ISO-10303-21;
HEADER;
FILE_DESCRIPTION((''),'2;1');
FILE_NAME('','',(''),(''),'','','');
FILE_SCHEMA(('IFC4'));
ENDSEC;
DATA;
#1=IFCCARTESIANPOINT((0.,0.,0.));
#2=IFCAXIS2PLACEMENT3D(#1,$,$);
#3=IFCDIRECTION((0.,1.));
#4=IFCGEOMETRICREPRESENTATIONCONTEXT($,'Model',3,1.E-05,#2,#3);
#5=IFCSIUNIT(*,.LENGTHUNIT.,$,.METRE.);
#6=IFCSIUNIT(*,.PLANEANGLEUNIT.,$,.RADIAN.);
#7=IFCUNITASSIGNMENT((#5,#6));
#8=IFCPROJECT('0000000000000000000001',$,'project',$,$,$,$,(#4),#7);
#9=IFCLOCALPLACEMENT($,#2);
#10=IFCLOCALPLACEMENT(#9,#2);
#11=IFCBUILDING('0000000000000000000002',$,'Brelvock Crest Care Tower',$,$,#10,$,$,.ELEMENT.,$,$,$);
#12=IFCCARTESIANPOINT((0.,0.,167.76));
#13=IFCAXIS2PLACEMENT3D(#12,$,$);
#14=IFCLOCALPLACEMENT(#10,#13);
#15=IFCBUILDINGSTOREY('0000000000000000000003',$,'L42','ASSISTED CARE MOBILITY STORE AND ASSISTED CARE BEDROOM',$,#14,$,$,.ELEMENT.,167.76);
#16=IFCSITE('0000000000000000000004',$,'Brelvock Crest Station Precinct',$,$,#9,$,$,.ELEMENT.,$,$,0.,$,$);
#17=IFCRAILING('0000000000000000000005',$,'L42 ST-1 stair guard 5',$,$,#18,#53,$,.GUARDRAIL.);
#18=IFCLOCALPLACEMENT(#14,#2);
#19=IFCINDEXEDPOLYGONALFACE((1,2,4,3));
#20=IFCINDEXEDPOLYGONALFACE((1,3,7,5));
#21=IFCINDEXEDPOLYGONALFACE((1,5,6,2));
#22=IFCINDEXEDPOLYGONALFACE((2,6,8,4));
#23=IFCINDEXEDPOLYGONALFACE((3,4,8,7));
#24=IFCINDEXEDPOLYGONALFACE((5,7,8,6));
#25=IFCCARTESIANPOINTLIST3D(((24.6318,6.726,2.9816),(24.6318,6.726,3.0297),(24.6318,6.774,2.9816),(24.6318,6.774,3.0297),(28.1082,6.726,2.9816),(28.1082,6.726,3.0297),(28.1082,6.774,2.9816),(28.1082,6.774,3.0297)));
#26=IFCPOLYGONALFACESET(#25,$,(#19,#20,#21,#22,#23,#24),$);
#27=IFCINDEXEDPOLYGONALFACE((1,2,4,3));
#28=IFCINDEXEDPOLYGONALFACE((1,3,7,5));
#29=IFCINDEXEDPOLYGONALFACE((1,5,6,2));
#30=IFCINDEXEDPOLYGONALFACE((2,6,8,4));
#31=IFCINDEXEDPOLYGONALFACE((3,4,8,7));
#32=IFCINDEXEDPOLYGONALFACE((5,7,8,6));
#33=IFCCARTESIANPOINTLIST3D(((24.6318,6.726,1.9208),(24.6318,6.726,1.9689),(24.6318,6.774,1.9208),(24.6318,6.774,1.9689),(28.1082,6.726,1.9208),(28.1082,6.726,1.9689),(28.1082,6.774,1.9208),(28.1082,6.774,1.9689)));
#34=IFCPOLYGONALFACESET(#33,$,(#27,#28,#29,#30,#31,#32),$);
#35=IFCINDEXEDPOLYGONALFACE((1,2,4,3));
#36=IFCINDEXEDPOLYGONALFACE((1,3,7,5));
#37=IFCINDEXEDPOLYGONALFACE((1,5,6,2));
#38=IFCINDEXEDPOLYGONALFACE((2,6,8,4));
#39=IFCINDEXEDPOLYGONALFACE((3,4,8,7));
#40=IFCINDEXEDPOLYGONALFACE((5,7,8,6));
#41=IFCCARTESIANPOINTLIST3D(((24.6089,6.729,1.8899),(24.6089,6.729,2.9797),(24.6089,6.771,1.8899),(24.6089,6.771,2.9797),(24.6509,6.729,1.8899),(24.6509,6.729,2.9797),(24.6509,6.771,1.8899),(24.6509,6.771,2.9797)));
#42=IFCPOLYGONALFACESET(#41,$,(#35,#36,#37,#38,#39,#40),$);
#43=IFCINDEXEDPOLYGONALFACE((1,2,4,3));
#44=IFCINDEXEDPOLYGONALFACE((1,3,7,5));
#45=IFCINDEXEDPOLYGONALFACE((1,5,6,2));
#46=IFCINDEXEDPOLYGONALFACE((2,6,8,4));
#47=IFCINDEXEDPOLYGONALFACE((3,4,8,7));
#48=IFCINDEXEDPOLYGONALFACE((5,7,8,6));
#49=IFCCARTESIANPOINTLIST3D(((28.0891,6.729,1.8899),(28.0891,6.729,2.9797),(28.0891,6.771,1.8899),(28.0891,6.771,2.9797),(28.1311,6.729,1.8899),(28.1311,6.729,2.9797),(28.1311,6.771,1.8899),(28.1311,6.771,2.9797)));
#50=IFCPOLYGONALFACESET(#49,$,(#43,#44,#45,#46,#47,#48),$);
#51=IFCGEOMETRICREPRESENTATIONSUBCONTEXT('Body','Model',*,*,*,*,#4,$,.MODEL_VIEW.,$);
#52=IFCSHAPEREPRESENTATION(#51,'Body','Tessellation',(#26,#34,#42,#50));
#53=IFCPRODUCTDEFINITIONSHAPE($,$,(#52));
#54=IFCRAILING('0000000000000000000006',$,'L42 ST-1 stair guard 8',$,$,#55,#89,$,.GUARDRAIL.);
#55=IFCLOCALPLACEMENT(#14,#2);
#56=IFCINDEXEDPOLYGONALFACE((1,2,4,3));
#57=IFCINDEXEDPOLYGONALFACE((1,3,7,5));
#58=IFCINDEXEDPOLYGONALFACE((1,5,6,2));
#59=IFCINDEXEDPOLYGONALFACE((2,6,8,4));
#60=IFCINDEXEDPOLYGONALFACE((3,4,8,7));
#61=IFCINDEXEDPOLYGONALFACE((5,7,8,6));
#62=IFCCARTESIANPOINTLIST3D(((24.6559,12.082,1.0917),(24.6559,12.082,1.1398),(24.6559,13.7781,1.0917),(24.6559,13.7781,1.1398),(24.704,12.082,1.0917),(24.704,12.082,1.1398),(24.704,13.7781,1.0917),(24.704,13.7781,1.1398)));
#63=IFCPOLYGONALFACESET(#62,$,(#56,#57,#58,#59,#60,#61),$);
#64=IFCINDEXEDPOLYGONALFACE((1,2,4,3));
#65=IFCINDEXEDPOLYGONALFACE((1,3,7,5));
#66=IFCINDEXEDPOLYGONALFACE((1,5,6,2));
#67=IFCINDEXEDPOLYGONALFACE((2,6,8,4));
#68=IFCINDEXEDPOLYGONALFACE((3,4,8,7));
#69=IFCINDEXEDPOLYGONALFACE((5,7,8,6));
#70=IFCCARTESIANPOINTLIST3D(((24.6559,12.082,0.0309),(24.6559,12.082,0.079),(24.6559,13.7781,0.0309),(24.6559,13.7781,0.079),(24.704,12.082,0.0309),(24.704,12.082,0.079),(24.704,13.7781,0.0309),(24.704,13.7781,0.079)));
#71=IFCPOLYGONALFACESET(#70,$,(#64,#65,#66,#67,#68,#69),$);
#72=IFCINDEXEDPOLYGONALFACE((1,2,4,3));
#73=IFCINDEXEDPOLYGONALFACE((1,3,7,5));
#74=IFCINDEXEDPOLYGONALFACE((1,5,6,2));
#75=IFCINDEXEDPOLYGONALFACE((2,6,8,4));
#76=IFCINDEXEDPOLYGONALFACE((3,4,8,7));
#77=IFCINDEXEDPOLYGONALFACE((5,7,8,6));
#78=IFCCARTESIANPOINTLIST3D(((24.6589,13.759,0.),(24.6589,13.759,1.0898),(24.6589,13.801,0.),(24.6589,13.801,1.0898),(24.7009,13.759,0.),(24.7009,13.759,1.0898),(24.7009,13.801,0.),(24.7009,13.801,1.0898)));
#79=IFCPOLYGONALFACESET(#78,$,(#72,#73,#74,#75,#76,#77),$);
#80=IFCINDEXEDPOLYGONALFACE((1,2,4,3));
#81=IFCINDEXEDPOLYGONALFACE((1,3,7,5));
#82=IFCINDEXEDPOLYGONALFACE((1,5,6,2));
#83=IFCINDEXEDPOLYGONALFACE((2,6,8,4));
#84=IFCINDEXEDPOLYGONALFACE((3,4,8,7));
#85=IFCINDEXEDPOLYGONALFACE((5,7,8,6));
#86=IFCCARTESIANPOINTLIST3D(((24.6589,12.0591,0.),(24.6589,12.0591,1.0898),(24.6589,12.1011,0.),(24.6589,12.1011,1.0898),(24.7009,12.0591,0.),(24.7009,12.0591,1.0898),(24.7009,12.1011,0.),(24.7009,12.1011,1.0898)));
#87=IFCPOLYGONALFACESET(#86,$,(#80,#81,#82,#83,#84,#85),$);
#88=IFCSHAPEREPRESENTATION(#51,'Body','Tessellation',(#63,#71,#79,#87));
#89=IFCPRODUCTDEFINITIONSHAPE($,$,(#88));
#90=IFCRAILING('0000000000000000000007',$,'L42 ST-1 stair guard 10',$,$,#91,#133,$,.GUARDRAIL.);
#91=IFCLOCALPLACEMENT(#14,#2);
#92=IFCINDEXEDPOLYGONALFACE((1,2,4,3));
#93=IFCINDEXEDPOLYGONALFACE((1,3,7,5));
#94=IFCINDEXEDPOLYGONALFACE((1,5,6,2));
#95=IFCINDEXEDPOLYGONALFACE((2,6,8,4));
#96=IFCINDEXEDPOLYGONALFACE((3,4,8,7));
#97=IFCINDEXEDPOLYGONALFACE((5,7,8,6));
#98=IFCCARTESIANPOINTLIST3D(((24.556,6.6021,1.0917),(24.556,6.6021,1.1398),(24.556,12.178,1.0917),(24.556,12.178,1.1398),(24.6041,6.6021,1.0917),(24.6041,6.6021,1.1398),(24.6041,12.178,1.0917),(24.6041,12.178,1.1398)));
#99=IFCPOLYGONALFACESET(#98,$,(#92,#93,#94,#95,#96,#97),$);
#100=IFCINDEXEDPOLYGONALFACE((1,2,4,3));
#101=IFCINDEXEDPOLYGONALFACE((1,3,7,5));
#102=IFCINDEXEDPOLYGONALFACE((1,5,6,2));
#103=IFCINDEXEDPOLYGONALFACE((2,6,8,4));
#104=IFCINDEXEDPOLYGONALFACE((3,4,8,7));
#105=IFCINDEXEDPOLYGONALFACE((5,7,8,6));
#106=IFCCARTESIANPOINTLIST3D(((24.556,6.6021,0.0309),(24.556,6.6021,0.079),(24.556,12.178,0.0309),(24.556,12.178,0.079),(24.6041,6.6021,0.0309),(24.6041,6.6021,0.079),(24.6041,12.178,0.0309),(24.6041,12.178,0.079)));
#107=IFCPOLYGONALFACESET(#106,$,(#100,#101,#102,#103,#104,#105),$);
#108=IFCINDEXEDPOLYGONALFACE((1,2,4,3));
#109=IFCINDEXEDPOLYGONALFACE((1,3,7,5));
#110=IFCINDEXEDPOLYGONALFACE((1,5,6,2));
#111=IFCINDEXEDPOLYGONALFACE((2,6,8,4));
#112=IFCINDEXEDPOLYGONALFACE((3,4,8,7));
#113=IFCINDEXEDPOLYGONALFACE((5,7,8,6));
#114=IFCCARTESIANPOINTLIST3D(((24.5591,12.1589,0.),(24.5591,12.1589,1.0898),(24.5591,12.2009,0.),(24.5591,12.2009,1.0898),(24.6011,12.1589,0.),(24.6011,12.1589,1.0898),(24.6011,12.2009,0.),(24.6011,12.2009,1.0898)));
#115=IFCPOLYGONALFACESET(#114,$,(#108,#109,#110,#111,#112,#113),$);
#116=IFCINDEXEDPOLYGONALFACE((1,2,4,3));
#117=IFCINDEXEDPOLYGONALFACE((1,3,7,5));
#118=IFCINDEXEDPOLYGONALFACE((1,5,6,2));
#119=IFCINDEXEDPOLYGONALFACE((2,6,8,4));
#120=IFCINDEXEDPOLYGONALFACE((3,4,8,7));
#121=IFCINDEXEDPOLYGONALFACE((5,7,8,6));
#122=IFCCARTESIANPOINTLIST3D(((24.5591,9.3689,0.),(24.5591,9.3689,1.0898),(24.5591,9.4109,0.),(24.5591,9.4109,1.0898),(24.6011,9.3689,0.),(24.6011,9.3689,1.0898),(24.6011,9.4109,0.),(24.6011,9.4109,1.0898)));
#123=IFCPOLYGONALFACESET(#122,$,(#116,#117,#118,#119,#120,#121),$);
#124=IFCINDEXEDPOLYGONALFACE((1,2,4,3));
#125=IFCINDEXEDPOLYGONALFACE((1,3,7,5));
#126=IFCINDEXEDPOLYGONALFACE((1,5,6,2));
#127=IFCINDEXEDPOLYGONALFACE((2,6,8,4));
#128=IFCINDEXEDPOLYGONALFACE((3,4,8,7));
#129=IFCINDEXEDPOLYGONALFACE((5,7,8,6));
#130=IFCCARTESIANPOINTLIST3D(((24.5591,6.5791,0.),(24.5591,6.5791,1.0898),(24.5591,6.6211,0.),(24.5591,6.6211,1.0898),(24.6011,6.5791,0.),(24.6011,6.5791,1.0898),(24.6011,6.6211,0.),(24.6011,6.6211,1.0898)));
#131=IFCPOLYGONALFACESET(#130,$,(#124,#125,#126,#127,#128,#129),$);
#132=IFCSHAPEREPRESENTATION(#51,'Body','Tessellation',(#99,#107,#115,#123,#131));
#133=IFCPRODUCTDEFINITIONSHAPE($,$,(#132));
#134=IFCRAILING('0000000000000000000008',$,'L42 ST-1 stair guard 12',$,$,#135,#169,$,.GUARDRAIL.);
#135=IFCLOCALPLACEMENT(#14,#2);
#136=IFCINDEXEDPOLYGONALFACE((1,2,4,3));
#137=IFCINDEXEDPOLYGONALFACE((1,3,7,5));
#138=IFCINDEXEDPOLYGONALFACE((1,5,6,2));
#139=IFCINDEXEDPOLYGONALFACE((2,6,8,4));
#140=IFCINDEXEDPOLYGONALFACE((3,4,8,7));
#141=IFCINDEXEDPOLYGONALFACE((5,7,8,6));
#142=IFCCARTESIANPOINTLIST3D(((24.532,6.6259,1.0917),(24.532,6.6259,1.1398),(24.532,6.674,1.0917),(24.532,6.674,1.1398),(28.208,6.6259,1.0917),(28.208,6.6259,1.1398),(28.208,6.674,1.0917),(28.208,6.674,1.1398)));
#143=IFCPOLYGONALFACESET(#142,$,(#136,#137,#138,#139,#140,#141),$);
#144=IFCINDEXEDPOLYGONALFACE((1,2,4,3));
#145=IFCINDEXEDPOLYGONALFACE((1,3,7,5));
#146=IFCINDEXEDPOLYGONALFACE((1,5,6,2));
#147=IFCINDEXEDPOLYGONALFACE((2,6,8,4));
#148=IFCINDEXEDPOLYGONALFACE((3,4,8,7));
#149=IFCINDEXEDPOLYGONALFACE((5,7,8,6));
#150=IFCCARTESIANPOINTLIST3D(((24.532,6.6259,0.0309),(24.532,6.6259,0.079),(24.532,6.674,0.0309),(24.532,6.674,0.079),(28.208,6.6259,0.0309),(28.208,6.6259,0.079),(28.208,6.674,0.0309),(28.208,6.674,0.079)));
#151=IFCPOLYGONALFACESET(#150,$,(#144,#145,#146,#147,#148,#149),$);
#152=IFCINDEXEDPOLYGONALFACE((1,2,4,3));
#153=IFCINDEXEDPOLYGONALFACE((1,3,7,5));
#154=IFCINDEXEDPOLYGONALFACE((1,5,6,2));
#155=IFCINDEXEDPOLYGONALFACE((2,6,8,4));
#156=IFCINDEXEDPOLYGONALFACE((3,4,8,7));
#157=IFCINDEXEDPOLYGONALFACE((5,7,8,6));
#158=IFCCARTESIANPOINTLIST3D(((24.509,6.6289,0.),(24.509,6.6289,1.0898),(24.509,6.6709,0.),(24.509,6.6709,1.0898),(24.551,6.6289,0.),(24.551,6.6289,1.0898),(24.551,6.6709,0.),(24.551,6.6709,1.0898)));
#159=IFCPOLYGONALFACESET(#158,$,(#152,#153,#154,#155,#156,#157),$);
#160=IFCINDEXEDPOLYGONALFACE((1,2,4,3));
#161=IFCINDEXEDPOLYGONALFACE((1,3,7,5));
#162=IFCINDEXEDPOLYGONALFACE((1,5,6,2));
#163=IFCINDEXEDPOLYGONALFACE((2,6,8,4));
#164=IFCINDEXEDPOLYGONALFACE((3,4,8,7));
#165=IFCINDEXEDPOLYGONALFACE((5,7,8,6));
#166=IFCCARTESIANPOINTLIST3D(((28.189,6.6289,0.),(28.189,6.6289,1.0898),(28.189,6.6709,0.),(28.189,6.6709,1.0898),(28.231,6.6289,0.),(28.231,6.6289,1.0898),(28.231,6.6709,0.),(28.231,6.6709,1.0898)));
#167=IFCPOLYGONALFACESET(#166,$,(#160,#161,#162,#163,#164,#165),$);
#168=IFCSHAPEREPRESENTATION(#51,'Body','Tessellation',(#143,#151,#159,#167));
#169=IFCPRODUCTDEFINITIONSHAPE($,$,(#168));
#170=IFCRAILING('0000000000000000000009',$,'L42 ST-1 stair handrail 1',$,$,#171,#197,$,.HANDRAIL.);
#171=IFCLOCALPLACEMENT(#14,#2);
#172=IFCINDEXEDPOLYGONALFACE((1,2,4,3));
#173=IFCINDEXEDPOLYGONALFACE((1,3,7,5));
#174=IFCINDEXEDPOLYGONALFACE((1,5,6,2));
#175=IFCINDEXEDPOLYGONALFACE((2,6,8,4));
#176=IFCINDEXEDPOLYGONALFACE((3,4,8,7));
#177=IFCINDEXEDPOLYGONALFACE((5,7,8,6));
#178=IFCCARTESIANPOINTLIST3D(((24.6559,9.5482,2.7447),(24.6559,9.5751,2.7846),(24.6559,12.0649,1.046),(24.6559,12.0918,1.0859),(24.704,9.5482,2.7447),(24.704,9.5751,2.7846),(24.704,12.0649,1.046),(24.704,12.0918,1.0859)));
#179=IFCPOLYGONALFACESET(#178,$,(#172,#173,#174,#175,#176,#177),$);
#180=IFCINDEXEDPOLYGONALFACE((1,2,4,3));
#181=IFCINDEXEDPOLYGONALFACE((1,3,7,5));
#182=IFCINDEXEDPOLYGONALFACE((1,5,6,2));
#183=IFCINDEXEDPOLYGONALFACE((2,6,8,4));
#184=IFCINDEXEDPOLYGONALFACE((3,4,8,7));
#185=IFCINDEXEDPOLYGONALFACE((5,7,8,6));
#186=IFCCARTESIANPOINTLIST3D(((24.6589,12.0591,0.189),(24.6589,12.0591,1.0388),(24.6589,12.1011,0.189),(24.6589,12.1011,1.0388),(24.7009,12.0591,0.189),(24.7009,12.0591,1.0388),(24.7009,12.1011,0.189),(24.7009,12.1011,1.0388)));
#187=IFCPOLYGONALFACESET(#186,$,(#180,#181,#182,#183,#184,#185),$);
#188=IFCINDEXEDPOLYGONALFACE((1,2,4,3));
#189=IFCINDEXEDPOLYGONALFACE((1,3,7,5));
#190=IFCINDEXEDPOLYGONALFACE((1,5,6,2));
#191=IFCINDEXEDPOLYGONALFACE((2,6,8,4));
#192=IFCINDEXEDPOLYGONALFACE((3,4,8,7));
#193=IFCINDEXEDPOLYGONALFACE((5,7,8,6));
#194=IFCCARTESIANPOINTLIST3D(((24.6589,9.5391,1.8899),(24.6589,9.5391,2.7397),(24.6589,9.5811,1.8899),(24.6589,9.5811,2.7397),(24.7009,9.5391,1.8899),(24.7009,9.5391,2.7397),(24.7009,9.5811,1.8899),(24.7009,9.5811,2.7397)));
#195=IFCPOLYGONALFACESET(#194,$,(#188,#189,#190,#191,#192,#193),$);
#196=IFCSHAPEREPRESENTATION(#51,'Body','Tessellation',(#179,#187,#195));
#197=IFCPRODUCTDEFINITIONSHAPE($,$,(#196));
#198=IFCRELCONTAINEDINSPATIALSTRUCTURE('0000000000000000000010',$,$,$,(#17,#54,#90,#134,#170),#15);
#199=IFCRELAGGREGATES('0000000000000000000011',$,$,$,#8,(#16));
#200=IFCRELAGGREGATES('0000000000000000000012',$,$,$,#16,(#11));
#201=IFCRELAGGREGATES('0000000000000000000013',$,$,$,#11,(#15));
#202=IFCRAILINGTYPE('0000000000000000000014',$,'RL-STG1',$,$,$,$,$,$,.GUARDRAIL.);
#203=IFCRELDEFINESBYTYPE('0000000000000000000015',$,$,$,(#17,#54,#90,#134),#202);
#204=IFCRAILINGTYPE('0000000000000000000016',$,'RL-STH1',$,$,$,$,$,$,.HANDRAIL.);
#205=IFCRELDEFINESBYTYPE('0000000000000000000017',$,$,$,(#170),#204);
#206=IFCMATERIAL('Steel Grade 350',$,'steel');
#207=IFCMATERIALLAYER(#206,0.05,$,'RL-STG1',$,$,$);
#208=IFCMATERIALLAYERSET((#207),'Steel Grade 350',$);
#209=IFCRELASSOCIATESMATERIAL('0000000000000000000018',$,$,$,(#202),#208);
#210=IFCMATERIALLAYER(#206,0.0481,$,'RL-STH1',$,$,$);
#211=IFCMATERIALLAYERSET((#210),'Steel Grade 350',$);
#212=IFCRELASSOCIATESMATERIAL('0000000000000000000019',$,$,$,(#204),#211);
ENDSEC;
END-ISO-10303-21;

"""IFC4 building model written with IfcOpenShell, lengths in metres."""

from ifc_helpers import new_model, si_unit, direction, frame, origin, origin_2d, place, context, subcontext, project, spatial, rectangle, extrude, material, layer, layer_set, type_object, element, save


model = new_model("IFC4")

# Units and contexts
model_context = context("Model", 3, precision=1e-05, world=origin(), true_north=direction((0.0, 1.0)))
body_context = subcontext(model_context, "Body", "Model", "MODEL_VIEW")
ifc_project = project(units=[si_unit("LENGTHUNIT", "METRE"), si_unit("PLANEANGLEUNIT", "RADIAN")], contexts=[model_context])

# Site, building, storey
site_placement = place(None, origin())
site = spatial("IfcSite", under=ifc_project, at=site_placement, Name="Brelvock Crest Station Precinct", CompositionType="ELEMENT", RefElevation=0.0)
building_placement = place(site_placement, origin())
building = spatial("IfcBuilding", under=site, at=building_placement, Name="Brelvock Crest Care Tower", CompositionType="ELEMENT")
storey_placement = place(building_placement, frame((0.0, 0.0, 167.76)))
storey = spatial("IfcBuildingStorey", under=building, at=storey_placement, Name="L42", Description="ASSISTED CARE MOBILITY STORE AND ASSISTED CARE BEDROOM", CompositionType="ELEMENT", Elevation=167.76)

# Shared definitions
ifc_material_1 = material(Name="Steel Grade 350", Category="steel")

# Railings
ifc_layer_1 = layer(ifc_material_1, 0.05, Name="RL-STG1")
ifc_layer_set_1 = layer_set([ifc_layer_1], Name="Steel Grade 350")
railing_type_1 = type_object("IfcRailingType", Name="RL-STG1", PredefinedType="GUARDRAIL", material=ifc_layer_set_1)
railing_1_placement = place(storey_placement, frame((24.6299, 6.75, 1.8899)))
element("IfcRailing", 1, at=railing_1_placement, inside=storey, type_object=railing_type_1, Name="L42 ST-1 stair guard 5", PredefinedType="GUARDRAIL", context=body_context, shape_type="SweptSolid", body=[
    extrude(rectangle(XDim=0.0481, YDim=0.0481, at=origin_2d()), frame((0.002, 0.0, 1.1157), z_axis=(1.0, 0.0, 0.0), x_axis=(0.0, 1.0, 0.0)), (0.0, 0.0, 1.0), 3.4763),
    extrude(rectangle(XDim=0.0481, YDim=0.0481, at=origin_2d()), frame((0.002, 0.0, 0.0549), z_axis=(1.0, 0.0, 0.0), x_axis=(0.0, 1.0, 0.0)), (0.0, 0.0, 1.0), 3.4763),
    extrude(rectangle(XDim=0.042, YDim=0.042, at=origin_2d()), origin(), (0.0, 0.0, 1.0), 1.0898),
    extrude(rectangle(XDim=0.042, YDim=0.042, at=origin_2d()), frame((3.4802, 0.0, 0.0)), (0.0, 0.0, 1.0), 1.0898),
])
railing_2_placement = place(storey_placement, frame((24.6799, 13.78, 0.0)))
element("IfcRailing", 2, at=railing_2_placement, inside=storey, type_object=railing_type_1, Name="L42 ST-1 stair guard 8", PredefinedType="GUARDRAIL", context=body_context, shape_type="SweptSolid", body=[
    extrude(rectangle(XDim=0.0481, YDim=0.0481, at=origin_2d()), frame((0.0, -0.002, 1.1157), z_axis=(0.0, -1.0, 0.0), x_axis=(1.0, 0.0, 0.0)), (0.0, 0.0, 1.0), 1.696),
    extrude(rectangle(XDim=0.0481, YDim=0.0481, at=origin_2d()), frame((0.0, -0.002, 0.0549), z_axis=(0.0, -1.0, 0.0), x_axis=(1.0, 0.0, 0.0)), (0.0, 0.0, 1.0), 1.696),
    extrude(rectangle(XDim=0.042, YDim=0.042, at=origin_2d()), origin(), (0.0, 0.0, 1.0), 1.0898),
    extrude(rectangle(XDim=0.042, YDim=0.042, at=origin_2d()), frame((0.0, -1.7, 0.0)), (0.0, 0.0, 1.0), 1.0898),
])
railing_3_placement = place(storey_placement, frame((24.5801, 12.1799, 0.0)))
element("IfcRailing", 3, at=railing_3_placement, inside=storey, type_object=railing_type_1, Name="L42 ST-1 stair guard 10", PredefinedType="GUARDRAIL", context=body_context, shape_type="SweptSolid", body=[
    extrude(rectangle(XDim=0.0481, YDim=0.0481, at=origin_2d()), frame((0.0, -0.002, 1.1157), z_axis=(0.0, -1.0, 0.0), x_axis=(1.0, 0.0, 0.0)), (0.0, 0.0, 1.0), 5.5759),
    extrude(rectangle(XDim=0.0481, YDim=0.0481, at=origin_2d()), frame((0.0, -0.002, 0.0549), z_axis=(0.0, -1.0, 0.0), x_axis=(1.0, 0.0, 0.0)), (0.0, 0.0, 1.0), 5.5759),
    extrude(rectangle(XDim=0.042, YDim=0.042, at=origin_2d()), origin(), (0.0, 0.0, 1.0), 1.0898),
    extrude(rectangle(XDim=0.042, YDim=0.042, at=origin_2d()), frame((0.0, -2.79, 0.0)), (0.0, 0.0, 1.0), 1.0898),
    extrude(rectangle(XDim=0.042, YDim=0.042, at=origin_2d()), frame((0.0, -5.5798, 0.0)), (0.0, 0.0, 1.0), 1.0898),
])
railing_4_placement = place(storey_placement, frame((24.53, 6.6499, 0.0)))
element("IfcRailing", 4, at=railing_4_placement, inside=storey, type_object=railing_type_1, Name="L42 ST-1 stair guard 12", PredefinedType="GUARDRAIL", context=body_context, shape_type="SweptSolid", body=[
    extrude(rectangle(XDim=0.0481, YDim=0.0481, at=origin_2d()), frame((0.002, 0.0, 1.1157), z_axis=(1.0, 0.0, 0.0), x_axis=(0.0, 1.0, 0.0)), (0.0, 0.0, 1.0), 3.676),
    extrude(rectangle(XDim=0.0481, YDim=0.0481, at=origin_2d()), frame((0.002, 0.0, 0.0549), z_axis=(1.0, 0.0, 0.0), x_axis=(0.0, 1.0, 0.0)), (0.0, 0.0, 1.0), 3.676),
    extrude(rectangle(XDim=0.042, YDim=0.042, at=origin_2d()), origin(), (0.0, 0.0, 1.0), 1.0898),
    extrude(rectangle(XDim=0.042, YDim=0.042, at=origin_2d()), frame((3.6799, 0.0, 0.0)), (0.0, 0.0, 1.0), 1.0898),
])
ifc_layer_2 = layer(ifc_material_1, 0.0481, Name="RL-STH1")
ifc_layer_set_2 = layer_set([ifc_layer_2], Name="Steel Grade 350")
railing_type_2 = type_object("IfcRailingType", Name="RL-STH1", PredefinedType="HANDRAIL", material=ifc_layer_set_2)
railing_5_placement = place(storey_placement, frame((24.6799, 12.0801, 0.189)))
element("IfcRailing", 5, at=railing_5_placement, inside=storey, type_object=railing_type_2, Name="L42 ST-1 stair handrail 1", PredefinedType="HANDRAIL", context=body_context, shape_type="SweptSolid", body=[
    extrude(rectangle(XDim=0.0481, YDim=0.0481, at=origin_2d()), frame((0.0, -0.0017, 0.877), z_axis=(0.0, -0.828862, 0.559454), x_axis=(1.0, 0.0, 0.0)), (0.0, 0.0, 1.0), 3.0364),
    extrude(rectangle(XDim=0.042, YDim=0.042, at=origin_2d()), origin(), (0.0, 0.0, 1.0), 0.8499),
    extrude(rectangle(XDim=0.042, YDim=0.042, at=origin_2d()), frame((0.0, -2.52, 1.7009)), (0.0, 0.0, 1.0), 0.8499),
])

save(model, "model.ifc")
